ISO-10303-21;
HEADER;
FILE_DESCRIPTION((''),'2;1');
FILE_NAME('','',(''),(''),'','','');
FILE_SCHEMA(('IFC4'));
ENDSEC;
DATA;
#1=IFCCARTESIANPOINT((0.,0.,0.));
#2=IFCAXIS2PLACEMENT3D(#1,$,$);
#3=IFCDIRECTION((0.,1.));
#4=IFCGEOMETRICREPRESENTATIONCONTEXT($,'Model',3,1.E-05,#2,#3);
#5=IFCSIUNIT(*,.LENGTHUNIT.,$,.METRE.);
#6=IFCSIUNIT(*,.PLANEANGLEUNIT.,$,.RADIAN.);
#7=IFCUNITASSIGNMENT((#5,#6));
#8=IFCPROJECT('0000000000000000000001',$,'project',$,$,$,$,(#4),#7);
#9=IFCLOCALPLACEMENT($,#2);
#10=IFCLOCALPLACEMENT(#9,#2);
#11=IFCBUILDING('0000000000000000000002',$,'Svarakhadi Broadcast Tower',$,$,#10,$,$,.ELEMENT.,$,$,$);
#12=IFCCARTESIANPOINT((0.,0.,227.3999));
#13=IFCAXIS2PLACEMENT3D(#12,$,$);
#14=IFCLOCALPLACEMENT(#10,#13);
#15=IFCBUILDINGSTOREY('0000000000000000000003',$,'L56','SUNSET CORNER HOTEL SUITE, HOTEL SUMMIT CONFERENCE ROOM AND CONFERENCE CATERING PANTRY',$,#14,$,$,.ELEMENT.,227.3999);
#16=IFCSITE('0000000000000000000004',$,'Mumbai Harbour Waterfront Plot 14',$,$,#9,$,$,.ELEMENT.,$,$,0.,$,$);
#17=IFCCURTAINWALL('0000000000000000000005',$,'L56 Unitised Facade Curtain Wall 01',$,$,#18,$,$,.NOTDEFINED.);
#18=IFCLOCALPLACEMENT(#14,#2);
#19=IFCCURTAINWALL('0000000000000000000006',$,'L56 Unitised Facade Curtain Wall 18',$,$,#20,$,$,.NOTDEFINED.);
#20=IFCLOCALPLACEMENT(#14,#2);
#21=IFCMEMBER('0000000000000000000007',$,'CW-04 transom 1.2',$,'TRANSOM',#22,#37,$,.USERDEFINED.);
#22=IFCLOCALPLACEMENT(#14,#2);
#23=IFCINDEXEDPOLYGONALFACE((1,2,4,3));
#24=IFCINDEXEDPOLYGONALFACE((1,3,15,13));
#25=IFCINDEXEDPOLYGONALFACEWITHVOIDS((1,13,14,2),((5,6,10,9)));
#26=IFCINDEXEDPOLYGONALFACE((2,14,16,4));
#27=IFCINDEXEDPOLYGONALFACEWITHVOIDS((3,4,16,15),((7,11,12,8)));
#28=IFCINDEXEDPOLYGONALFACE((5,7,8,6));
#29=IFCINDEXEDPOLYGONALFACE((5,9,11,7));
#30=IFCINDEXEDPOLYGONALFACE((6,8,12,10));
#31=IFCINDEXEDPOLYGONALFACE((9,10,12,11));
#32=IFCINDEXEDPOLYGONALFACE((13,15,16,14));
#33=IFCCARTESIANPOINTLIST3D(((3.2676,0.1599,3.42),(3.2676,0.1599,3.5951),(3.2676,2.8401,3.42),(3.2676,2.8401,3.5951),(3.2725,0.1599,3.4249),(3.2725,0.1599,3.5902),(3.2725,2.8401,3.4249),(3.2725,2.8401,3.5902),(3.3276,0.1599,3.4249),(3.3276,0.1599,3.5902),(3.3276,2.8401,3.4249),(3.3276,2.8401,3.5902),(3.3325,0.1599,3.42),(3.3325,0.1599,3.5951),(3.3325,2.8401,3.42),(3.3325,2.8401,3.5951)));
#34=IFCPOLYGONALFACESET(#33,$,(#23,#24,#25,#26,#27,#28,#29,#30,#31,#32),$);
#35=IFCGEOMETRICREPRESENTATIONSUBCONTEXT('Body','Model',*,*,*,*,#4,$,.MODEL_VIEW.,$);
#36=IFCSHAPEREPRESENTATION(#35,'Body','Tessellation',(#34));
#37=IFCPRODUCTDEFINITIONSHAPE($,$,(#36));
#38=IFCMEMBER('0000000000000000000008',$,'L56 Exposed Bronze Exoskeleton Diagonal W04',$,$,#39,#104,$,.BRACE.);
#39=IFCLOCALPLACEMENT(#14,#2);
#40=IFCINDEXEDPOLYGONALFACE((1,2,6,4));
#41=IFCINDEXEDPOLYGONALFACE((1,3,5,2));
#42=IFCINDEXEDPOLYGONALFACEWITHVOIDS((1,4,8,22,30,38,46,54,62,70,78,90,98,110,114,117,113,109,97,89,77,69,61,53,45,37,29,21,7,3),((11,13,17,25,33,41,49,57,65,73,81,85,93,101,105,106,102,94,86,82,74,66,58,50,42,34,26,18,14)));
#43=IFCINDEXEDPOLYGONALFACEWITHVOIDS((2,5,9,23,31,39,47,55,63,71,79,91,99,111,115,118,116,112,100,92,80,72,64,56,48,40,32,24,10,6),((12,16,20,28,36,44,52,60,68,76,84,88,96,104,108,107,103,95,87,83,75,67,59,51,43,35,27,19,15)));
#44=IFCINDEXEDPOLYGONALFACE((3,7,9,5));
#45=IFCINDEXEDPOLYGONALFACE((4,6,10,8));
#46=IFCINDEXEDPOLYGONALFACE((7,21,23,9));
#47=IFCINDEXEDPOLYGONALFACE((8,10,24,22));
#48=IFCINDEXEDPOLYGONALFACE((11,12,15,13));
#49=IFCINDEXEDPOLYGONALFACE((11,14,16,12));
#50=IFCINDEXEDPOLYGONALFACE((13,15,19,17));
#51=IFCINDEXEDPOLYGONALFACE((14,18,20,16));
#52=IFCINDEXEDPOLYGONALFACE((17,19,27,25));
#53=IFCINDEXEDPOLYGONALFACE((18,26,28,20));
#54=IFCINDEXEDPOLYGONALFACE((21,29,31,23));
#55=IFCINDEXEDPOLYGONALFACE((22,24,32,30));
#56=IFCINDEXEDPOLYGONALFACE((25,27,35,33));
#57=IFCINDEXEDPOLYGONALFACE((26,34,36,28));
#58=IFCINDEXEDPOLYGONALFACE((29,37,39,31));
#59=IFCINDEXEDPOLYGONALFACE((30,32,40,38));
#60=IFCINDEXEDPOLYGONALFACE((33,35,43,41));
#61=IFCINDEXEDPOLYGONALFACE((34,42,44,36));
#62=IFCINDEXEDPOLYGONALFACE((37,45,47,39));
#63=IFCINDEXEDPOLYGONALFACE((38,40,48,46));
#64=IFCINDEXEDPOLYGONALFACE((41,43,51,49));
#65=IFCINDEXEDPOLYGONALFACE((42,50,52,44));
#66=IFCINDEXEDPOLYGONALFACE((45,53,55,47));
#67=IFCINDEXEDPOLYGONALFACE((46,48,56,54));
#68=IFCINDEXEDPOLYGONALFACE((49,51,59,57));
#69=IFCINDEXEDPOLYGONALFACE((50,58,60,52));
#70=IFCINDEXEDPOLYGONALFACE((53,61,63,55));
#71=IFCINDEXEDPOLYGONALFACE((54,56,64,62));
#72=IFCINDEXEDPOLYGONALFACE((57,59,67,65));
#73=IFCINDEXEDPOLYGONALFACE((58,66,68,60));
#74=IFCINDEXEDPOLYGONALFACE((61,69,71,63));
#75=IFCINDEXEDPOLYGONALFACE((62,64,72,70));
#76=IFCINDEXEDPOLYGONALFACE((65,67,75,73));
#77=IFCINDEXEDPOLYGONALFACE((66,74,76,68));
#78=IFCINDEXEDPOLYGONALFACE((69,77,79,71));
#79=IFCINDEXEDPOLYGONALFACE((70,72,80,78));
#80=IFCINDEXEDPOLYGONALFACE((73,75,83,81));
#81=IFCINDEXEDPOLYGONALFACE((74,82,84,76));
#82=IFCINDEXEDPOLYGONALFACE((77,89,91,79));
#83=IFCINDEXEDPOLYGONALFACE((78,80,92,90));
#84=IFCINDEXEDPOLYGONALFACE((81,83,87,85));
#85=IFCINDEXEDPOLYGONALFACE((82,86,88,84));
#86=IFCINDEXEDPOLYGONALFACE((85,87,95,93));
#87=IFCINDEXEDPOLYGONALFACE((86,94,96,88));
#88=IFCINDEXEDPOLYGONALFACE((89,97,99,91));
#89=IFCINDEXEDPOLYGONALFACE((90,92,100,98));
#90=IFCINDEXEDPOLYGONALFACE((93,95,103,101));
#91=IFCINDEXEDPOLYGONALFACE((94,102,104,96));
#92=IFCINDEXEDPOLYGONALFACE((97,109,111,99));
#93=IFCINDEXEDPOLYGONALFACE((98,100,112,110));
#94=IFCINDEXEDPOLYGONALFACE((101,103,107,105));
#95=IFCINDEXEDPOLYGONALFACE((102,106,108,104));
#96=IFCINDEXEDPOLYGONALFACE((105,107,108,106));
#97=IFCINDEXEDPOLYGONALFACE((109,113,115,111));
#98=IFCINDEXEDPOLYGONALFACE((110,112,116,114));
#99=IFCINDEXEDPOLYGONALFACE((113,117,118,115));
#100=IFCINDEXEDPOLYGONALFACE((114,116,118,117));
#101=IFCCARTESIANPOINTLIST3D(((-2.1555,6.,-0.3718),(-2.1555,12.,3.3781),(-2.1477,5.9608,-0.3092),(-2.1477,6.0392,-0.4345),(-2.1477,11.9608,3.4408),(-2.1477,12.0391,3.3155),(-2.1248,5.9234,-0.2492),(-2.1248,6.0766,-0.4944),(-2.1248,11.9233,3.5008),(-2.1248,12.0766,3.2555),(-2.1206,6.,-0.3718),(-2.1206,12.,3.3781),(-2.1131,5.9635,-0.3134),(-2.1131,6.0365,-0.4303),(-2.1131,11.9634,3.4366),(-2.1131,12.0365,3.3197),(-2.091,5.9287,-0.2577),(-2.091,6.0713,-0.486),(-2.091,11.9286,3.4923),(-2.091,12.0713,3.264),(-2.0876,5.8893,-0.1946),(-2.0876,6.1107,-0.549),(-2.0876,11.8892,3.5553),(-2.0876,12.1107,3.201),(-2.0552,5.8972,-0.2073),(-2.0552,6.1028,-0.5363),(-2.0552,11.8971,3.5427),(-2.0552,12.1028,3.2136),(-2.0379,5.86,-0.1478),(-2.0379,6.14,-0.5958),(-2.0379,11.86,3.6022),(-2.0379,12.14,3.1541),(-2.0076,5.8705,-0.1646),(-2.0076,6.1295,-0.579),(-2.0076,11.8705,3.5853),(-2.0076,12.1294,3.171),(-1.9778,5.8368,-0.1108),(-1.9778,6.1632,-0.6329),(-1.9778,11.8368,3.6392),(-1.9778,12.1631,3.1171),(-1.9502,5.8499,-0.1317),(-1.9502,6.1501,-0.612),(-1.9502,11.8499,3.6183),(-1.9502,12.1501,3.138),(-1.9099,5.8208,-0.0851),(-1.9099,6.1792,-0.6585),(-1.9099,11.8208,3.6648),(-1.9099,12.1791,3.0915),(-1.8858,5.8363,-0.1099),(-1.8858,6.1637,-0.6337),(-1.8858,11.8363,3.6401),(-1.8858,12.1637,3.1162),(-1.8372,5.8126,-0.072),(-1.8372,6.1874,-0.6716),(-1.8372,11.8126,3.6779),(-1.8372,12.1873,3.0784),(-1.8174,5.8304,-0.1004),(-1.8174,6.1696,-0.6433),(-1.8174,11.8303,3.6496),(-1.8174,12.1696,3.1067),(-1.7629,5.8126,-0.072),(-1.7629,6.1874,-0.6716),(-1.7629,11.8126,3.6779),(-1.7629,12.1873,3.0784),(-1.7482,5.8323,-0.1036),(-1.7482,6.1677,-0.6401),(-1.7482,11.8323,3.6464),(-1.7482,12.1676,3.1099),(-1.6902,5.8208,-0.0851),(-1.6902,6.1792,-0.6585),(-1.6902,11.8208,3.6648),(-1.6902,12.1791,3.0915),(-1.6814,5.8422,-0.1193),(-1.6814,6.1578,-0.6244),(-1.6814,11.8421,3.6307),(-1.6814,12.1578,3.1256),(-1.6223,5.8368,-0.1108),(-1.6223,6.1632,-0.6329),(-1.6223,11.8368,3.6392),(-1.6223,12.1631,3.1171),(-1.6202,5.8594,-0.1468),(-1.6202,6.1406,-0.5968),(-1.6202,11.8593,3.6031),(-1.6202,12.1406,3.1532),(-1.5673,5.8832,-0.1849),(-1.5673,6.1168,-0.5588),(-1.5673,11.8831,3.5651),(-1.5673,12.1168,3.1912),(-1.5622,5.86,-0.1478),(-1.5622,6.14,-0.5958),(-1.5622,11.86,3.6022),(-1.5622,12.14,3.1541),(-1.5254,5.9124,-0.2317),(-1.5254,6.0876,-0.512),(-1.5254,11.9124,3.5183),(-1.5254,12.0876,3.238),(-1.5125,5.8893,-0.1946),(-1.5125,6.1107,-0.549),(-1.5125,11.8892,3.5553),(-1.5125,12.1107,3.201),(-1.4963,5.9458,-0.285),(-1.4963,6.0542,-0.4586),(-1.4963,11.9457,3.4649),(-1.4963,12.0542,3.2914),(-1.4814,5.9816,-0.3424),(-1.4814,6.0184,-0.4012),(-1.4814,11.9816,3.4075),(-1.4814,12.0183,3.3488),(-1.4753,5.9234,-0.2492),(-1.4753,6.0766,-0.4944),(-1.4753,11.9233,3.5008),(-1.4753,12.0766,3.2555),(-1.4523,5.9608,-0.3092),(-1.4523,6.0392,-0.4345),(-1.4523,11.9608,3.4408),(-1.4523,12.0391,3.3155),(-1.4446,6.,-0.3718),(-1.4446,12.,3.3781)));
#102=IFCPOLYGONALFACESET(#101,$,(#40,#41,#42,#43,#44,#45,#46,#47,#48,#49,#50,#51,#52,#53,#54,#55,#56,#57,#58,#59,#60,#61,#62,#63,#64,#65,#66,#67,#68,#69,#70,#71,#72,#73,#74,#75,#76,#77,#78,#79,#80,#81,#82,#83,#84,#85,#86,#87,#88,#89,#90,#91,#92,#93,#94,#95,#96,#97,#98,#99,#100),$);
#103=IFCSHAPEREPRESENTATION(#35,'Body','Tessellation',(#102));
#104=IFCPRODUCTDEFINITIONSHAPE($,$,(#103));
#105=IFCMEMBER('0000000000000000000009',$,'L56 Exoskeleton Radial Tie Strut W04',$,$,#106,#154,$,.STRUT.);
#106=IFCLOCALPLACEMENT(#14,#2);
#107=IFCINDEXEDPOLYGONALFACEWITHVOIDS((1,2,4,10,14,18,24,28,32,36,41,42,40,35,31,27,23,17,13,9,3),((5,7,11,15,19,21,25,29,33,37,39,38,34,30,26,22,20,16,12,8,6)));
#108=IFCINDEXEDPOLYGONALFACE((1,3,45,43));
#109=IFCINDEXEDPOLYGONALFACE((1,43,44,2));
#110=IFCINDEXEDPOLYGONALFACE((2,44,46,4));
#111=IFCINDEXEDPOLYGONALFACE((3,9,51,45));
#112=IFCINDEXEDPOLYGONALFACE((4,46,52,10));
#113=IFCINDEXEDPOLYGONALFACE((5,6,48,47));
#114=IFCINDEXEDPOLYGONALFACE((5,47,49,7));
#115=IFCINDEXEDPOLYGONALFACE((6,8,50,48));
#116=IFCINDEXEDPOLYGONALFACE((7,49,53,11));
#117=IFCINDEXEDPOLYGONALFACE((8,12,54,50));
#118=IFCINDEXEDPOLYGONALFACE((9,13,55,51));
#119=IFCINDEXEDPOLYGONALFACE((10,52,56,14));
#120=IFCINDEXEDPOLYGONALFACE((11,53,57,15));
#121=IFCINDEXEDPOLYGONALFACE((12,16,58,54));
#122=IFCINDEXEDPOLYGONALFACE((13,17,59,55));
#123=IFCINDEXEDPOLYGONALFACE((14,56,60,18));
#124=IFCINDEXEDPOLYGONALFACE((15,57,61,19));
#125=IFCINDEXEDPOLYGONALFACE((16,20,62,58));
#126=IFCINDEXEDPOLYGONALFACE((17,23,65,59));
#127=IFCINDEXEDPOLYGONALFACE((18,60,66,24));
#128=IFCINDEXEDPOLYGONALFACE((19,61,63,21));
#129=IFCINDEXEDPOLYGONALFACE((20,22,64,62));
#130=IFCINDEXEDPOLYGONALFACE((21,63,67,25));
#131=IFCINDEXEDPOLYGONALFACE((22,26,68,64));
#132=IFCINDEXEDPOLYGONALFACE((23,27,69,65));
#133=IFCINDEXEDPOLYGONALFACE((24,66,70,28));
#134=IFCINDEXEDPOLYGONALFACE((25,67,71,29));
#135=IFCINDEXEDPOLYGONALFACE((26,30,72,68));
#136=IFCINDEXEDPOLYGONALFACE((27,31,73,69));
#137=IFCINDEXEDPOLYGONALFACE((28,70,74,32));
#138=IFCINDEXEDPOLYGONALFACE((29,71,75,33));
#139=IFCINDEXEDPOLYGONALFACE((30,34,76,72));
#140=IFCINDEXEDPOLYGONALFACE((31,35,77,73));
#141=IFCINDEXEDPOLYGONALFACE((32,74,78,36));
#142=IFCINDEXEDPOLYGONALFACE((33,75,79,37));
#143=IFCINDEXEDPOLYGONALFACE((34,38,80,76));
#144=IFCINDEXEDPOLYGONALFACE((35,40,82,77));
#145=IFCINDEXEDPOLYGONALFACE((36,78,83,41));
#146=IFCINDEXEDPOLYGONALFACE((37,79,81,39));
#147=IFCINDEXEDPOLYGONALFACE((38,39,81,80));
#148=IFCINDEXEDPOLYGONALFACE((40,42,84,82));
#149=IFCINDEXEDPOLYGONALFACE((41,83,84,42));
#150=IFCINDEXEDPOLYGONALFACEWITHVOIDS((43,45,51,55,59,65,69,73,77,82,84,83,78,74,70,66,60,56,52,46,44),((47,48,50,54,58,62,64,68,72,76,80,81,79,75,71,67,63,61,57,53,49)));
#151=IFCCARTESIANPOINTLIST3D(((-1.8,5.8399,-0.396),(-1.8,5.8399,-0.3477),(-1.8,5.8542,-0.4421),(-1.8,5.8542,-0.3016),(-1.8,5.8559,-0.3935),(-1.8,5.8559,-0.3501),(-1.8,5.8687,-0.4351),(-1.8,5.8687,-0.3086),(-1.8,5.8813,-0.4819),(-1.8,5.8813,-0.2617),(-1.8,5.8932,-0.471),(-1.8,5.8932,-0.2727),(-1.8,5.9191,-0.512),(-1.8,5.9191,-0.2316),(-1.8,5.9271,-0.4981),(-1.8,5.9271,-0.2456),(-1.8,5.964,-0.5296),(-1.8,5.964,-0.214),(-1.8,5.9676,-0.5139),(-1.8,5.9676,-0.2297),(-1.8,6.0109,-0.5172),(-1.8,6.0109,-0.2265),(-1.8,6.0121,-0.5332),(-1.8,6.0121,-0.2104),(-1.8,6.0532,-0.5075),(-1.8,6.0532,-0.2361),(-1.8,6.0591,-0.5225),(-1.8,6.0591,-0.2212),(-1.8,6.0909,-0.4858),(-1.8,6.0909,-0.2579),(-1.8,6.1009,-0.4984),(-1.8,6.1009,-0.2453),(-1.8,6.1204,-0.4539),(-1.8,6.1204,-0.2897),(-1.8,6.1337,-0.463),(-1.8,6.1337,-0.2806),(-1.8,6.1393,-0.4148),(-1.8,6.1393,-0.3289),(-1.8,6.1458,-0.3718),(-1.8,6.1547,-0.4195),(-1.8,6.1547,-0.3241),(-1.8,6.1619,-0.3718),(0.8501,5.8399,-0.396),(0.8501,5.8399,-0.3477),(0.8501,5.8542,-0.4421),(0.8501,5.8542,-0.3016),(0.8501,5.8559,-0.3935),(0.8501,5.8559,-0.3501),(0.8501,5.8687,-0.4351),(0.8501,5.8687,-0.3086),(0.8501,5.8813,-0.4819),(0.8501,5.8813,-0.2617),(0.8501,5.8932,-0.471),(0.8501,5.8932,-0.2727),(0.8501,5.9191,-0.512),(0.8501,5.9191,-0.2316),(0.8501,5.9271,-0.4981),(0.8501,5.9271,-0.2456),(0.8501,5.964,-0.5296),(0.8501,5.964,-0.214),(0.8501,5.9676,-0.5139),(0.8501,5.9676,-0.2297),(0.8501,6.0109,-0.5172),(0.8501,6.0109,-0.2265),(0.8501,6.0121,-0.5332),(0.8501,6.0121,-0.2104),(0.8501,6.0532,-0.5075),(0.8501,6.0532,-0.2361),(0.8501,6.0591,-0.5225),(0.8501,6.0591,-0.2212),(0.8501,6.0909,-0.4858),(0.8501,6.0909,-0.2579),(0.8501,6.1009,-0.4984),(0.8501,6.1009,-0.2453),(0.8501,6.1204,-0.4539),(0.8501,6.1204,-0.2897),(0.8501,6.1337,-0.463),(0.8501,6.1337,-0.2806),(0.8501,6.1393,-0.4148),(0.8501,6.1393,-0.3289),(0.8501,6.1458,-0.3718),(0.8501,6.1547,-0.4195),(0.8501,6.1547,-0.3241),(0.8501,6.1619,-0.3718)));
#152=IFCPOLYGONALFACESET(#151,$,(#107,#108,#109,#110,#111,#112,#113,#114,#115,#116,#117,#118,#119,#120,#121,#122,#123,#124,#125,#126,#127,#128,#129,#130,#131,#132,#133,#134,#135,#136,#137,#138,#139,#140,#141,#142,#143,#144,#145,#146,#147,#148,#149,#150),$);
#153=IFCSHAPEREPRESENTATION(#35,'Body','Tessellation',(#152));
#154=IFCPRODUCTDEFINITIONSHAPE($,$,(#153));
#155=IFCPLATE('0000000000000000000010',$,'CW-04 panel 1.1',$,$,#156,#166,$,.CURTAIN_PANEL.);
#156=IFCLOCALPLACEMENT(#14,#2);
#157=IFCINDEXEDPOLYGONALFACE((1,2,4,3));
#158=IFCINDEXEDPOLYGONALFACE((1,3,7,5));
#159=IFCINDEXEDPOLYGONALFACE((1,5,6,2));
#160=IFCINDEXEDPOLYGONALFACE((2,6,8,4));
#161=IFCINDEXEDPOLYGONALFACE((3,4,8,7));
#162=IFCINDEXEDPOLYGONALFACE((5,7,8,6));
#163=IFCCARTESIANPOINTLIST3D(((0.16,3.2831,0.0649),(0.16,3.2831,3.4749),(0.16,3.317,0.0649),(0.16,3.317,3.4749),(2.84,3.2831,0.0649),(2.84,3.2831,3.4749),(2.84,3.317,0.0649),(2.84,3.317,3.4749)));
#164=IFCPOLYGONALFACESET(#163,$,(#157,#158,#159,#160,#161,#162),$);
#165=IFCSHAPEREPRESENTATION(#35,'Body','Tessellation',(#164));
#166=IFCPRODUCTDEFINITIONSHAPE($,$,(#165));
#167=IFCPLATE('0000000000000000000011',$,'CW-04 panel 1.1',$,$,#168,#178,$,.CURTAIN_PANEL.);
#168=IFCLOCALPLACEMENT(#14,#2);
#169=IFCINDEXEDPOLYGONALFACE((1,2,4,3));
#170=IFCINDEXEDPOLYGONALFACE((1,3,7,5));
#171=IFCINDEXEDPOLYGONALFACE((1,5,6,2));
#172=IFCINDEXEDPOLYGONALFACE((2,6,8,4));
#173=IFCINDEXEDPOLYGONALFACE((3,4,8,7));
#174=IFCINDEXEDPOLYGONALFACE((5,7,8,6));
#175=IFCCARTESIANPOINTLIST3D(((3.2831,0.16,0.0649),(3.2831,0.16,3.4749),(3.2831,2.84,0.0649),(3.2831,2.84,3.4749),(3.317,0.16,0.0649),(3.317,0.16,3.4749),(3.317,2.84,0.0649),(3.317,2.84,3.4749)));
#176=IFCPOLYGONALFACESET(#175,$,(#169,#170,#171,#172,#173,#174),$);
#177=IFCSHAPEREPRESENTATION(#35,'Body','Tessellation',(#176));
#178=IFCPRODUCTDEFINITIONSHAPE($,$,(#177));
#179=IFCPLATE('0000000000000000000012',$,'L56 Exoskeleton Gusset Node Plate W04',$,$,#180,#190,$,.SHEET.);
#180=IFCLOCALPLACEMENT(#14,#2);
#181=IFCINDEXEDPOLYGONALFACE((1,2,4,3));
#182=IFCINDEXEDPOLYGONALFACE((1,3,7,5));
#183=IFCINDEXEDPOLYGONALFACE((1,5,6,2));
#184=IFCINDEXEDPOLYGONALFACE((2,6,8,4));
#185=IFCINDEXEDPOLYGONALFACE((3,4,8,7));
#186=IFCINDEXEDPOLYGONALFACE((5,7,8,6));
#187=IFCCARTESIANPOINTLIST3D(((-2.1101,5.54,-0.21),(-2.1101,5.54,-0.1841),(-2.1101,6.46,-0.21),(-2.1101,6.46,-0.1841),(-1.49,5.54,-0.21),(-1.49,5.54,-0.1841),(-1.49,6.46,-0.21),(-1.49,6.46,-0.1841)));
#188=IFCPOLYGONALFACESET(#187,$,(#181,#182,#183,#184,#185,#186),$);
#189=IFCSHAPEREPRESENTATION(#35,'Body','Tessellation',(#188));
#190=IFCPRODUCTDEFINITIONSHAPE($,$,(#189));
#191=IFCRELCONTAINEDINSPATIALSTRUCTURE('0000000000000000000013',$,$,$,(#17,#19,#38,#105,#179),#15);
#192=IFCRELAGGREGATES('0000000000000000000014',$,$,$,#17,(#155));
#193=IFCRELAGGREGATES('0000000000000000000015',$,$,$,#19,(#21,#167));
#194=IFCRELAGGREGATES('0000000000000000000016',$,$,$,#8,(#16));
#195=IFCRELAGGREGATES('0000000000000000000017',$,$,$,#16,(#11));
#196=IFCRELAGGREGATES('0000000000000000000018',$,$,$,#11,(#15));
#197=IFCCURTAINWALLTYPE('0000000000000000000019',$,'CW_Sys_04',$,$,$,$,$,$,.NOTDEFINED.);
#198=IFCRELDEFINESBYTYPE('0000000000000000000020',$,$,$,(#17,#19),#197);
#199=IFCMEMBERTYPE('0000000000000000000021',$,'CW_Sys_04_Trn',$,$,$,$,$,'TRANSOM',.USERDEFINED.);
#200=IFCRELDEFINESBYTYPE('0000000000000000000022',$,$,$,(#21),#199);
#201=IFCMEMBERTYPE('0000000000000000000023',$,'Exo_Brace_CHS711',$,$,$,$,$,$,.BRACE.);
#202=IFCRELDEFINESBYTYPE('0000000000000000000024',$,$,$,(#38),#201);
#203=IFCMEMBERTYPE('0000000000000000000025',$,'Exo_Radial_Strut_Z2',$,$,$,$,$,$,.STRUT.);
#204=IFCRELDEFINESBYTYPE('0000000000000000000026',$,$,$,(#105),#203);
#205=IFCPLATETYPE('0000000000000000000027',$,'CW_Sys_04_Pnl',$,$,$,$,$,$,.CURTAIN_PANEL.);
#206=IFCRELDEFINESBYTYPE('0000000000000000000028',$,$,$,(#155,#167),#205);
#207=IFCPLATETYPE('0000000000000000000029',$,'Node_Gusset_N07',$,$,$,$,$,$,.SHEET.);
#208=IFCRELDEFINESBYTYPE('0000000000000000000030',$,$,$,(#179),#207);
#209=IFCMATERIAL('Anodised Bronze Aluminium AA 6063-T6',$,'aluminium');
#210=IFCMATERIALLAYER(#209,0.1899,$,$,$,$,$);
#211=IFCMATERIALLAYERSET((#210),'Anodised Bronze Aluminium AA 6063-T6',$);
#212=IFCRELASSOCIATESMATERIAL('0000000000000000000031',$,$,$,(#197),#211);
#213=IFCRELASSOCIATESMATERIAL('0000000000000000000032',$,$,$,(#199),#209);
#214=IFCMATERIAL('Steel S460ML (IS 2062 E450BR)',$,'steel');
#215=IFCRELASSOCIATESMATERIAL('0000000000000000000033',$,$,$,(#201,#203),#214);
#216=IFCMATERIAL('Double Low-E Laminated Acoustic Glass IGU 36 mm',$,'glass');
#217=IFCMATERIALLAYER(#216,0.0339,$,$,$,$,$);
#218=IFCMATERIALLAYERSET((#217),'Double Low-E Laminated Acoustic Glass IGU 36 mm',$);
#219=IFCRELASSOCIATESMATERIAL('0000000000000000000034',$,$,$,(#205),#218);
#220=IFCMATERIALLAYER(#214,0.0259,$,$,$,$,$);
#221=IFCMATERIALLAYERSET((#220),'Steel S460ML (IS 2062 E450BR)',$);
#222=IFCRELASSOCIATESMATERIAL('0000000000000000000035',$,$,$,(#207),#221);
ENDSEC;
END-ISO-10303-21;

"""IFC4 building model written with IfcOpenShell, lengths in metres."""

from ifc_helpers import new_model, si_unit, direction, frame, origin, origin_2d, place, context, subcontext, project, spatial, rectangle, hollow_rectangle, hollow_circle, extrude, material, layer, layer_set, material_profile, profile_set, type_object, element, aggregate, save


model = new_model("IFC4")

# Units and contexts
model_context = context("Model", 3, precision=1e-05, world=origin(), true_north=direction((0.0, 1.0)))
body_context = subcontext(model_context, "Body", "Model", "MODEL_VIEW")
ifc_project = project(units=[si_unit("LENGTHUNIT", "METRE"), si_unit("PLANEANGLEUNIT", "RADIAN")], contexts=[model_context])

# Site, building, storey
site_placement = place(None, origin())
site = spatial("IfcSite", under=ifc_project, at=site_placement, Name="Mumbai Harbour Waterfront Plot 14", CompositionType="ELEMENT", RefElevation=0.0)
building_placement = place(site_placement, origin())
building = spatial("IfcBuilding", under=site, at=building_placement, Name="Svarakhadi Broadcast Tower", CompositionType="ELEMENT")
storey_placement = place(building_placement, frame((0.0, 0.0, 227.3999)))
storey = spatial("IfcBuildingStorey", under=building, at=storey_placement, Name="L56", Description="SUNSET CORNER HOTEL SUITE, HOTEL SUMMIT CONFERENCE ROOM AND CONFERENCE CATERING PANTRY", CompositionType="ELEMENT", Elevation=227.3999)

# Curtain wall
ifc_material_1 = material(Name="Anodised Bronze Aluminium AA 6063-T6", Category="aluminium")
ifc_layer_1 = layer(ifc_material_1, 0.1899)
ifc_layer_set_1 = layer_set([ifc_layer_1], Name="Anodised Bronze Aluminium AA 6063-T6")
curtain_wall_type = type_object("IfcCurtainWallType", Name="CW_Sys_04", PredefinedType="NOTDEFINED", material=ifc_layer_set_1)
curtain_wall_1_placement = place(storey_placement, origin())
curtain_wall_1 = element("IfcCurtainWall", 1, at=curtain_wall_1_placement, inside=storey, type_object=curtain_wall_type, Name="L56 Unitised Facade Curtain Wall 01", PredefinedType="NOTDEFINED")

# Curtain wall
curtain_wall_2_placement = place(storey_placement, origin())
curtain_wall_2 = element("IfcCurtainWall", 2, at=curtain_wall_2_placement, inside=storey, type_object=curtain_wall_type, Name="L56 Unitised Facade Curtain Wall 18", PredefinedType="NOTDEFINED")

# Member
ifc_material_profile_1 = material_profile(ifc_material_1, hollow_rectangle(XDim=0.0649, YDim=0.175, WallThickness=0.0049, at=origin_2d()), Name="ALU TRANSOM 175x65x5")
ifc_profile_set_1 = profile_set([ifc_material_profile_1], Name="Anodised Bronze Aluminium AA 6063-T6")
member_type_1 = type_object("IfcMemberType", Name="CW_Sys_04_Trn", ElementType="TRANSOM", PredefinedType="USERDEFINED", material=ifc_profile_set_1)
member_1_placement = place(storey_placement, frame((3.3, 0.1599, 3.5076), z_axis=(0.0, 1.0, 0.0), x_axis=(-1.0, 0.0, 0.0)))
member_1 = element("IfcMember", 3, at=member_1_placement, type_object=member_type_1, Name="CW-04 transom 1.2", ObjectType="TRANSOM", PredefinedType="USERDEFINED", context=body_context, shape_type="SweptSolid", body=[
    extrude(hollow_rectangle(XDim=0.0649, YDim=0.175, WallThickness=0.0049, at=origin_2d()), origin(), (0.0, 0.0, 1.0), 2.6802),
])

# Members
ifc_material_2 = material(Name="Steel S460ML (IS 2062 E450BR)", Category="steel")
ifc_material_profile_2 = material_profile(ifc_material_2, hollow_circle(Radius=0.3555, WallThickness=0.0349, at=origin_2d()), Name="CHS 711x35")
ifc_profile_set_2 = profile_set([ifc_material_profile_2], Name="Steel S460ML (IS 2062 E450BR)")
member_type_2 = type_object("IfcMemberType", Name="Exo_Brace_CHS711", PredefinedType="BRACE", material=ifc_profile_set_2)
member_2_placement = place(storey_placement, frame((-1.8, 6.0, -0.3718), z_axis=(0.0, 0.847998, 0.529999), x_axis=(-1.0, 0.0, 0.0)))
element("IfcMember", 4, at=member_2_placement, inside=storey, type_object=member_type_2, Name="L56 Exposed Bronze Exoskeleton Diagonal W04", PredefinedType="BRACE", context=body_context, shape_type="SweptSolid", body=[
    extrude(hollow_circle(Radius=0.3555, WallThickness=0.0349, at=origin_2d()), origin(), (0.0, 0.0, 1.0), 7.0754),
])
ifc_material_profile_3 = material_profile(ifc_material_2, hollow_circle(Radius=0.1619, WallThickness=0.0161, at=origin_2d()), Name="CHS 323.9x16")
ifc_profile_set_3 = profile_set([ifc_material_profile_3], Name="Steel S460ML (IS 2062 E450BR)")
member_type_3 = type_object("IfcMemberType", Name="Exo_Radial_Strut_Z2", PredefinedType="STRUT", material=ifc_profile_set_3)
member_3_placement = place(storey_placement, frame((-1.8, 6.0, -0.3718), z_axis=(1.0, 0.0, 0.0), x_axis=(0.0, 1.0, 0.0)))
element("IfcMember", 5, at=member_3_placement, inside=storey, type_object=member_type_3, Name="L56 Exoskeleton Radial Tie Strut W04", PredefinedType="STRUT", context=body_context, shape_type="SweptSolid", body=[
    extrude(hollow_circle(Radius=0.1619, WallThickness=0.0161, at=origin_2d()), origin(), (0.0, 0.0, 1.0), 2.6501),
])

# Plates
ifc_material_3 = material(Name="Double Low-E Laminated Acoustic Glass IGU 36 mm", Category="glass")
ifc_layer_2 = layer(ifc_material_3, 0.0339)
ifc_layer_set_2 = layer_set([ifc_layer_2], Name="Double Low-E Laminated Acoustic Glass IGU 36 mm")
plate_type_1 = type_object("IfcPlateType", Name="CW_Sys_04_Pnl", PredefinedType="CURTAIN_PANEL", material=ifc_layer_set_2)
plate_1_placement = place(storey_placement, frame((1.5, 3.3, 0.0649), z_axis=(0.0, 0.0, 1.0), x_axis=(-1.0, 0.0, 0.0)))
plate_1 = element("IfcPlate", 6, at=plate_1_placement, type_object=plate_type_1, Name="CW-04 panel 1.1", PredefinedType="CURTAIN_PANEL", context=body_context, shape_type="SweptSolid", body=[
    extrude(rectangle(XDim=2.6799, YDim=0.0339, at=origin_2d()), origin(), (0.0, 0.0, 1.0), 3.4099),
])
aggregate(curtain_wall_1, [plate_1])
plate_2_placement = place(storey_placement, frame((3.3, 1.5, 0.0649), z_axis=(0.0, 0.0, 1.0), x_axis=(0.0, 1.0, 0.0)))
plate_2 = element("IfcPlate", 7, at=plate_2_placement, type_object=plate_type_1, Name="CW-04 panel 1.1", PredefinedType="CURTAIN_PANEL", context=body_context, shape_type="SweptSolid", body=[
    extrude(rectangle(XDim=2.6799, YDim=0.0339, at=origin_2d()), origin(), (0.0, 0.0, 1.0), 3.4099),
])
aggregate(curtain_wall_2, [member_1, plate_2])
ifc_layer_3 = layer(ifc_material_2, 0.0259)
ifc_layer_set_3 = layer_set([ifc_layer_3], Name="Steel S460ML (IS 2062 E450BR)")
plate_type_2 = type_object("IfcPlateType", Name="Node_Gusset_N07", PredefinedType="SHEET", material=ifc_layer_set_3)
plate_3_placement = place(storey_placement, frame((-1.8, 6.0, -0.21), z_axis=(0.0, 0.0, 1.0), x_axis=(0.0, 1.0, 0.0)))
element("IfcPlate", 8, at=plate_3_placement, inside=storey, type_object=plate_type_2, Name="L56 Exoskeleton Gusset Node Plate W04", PredefinedType="SHEET", context=body_context, shape_type="SweptSolid", body=[
    extrude(rectangle(XDim=0.9199, YDim=0.6201, at=origin_2d()), origin(), (0.0, 0.0, 1.0), 0.0259),
])

save(model, "model.ifc")
